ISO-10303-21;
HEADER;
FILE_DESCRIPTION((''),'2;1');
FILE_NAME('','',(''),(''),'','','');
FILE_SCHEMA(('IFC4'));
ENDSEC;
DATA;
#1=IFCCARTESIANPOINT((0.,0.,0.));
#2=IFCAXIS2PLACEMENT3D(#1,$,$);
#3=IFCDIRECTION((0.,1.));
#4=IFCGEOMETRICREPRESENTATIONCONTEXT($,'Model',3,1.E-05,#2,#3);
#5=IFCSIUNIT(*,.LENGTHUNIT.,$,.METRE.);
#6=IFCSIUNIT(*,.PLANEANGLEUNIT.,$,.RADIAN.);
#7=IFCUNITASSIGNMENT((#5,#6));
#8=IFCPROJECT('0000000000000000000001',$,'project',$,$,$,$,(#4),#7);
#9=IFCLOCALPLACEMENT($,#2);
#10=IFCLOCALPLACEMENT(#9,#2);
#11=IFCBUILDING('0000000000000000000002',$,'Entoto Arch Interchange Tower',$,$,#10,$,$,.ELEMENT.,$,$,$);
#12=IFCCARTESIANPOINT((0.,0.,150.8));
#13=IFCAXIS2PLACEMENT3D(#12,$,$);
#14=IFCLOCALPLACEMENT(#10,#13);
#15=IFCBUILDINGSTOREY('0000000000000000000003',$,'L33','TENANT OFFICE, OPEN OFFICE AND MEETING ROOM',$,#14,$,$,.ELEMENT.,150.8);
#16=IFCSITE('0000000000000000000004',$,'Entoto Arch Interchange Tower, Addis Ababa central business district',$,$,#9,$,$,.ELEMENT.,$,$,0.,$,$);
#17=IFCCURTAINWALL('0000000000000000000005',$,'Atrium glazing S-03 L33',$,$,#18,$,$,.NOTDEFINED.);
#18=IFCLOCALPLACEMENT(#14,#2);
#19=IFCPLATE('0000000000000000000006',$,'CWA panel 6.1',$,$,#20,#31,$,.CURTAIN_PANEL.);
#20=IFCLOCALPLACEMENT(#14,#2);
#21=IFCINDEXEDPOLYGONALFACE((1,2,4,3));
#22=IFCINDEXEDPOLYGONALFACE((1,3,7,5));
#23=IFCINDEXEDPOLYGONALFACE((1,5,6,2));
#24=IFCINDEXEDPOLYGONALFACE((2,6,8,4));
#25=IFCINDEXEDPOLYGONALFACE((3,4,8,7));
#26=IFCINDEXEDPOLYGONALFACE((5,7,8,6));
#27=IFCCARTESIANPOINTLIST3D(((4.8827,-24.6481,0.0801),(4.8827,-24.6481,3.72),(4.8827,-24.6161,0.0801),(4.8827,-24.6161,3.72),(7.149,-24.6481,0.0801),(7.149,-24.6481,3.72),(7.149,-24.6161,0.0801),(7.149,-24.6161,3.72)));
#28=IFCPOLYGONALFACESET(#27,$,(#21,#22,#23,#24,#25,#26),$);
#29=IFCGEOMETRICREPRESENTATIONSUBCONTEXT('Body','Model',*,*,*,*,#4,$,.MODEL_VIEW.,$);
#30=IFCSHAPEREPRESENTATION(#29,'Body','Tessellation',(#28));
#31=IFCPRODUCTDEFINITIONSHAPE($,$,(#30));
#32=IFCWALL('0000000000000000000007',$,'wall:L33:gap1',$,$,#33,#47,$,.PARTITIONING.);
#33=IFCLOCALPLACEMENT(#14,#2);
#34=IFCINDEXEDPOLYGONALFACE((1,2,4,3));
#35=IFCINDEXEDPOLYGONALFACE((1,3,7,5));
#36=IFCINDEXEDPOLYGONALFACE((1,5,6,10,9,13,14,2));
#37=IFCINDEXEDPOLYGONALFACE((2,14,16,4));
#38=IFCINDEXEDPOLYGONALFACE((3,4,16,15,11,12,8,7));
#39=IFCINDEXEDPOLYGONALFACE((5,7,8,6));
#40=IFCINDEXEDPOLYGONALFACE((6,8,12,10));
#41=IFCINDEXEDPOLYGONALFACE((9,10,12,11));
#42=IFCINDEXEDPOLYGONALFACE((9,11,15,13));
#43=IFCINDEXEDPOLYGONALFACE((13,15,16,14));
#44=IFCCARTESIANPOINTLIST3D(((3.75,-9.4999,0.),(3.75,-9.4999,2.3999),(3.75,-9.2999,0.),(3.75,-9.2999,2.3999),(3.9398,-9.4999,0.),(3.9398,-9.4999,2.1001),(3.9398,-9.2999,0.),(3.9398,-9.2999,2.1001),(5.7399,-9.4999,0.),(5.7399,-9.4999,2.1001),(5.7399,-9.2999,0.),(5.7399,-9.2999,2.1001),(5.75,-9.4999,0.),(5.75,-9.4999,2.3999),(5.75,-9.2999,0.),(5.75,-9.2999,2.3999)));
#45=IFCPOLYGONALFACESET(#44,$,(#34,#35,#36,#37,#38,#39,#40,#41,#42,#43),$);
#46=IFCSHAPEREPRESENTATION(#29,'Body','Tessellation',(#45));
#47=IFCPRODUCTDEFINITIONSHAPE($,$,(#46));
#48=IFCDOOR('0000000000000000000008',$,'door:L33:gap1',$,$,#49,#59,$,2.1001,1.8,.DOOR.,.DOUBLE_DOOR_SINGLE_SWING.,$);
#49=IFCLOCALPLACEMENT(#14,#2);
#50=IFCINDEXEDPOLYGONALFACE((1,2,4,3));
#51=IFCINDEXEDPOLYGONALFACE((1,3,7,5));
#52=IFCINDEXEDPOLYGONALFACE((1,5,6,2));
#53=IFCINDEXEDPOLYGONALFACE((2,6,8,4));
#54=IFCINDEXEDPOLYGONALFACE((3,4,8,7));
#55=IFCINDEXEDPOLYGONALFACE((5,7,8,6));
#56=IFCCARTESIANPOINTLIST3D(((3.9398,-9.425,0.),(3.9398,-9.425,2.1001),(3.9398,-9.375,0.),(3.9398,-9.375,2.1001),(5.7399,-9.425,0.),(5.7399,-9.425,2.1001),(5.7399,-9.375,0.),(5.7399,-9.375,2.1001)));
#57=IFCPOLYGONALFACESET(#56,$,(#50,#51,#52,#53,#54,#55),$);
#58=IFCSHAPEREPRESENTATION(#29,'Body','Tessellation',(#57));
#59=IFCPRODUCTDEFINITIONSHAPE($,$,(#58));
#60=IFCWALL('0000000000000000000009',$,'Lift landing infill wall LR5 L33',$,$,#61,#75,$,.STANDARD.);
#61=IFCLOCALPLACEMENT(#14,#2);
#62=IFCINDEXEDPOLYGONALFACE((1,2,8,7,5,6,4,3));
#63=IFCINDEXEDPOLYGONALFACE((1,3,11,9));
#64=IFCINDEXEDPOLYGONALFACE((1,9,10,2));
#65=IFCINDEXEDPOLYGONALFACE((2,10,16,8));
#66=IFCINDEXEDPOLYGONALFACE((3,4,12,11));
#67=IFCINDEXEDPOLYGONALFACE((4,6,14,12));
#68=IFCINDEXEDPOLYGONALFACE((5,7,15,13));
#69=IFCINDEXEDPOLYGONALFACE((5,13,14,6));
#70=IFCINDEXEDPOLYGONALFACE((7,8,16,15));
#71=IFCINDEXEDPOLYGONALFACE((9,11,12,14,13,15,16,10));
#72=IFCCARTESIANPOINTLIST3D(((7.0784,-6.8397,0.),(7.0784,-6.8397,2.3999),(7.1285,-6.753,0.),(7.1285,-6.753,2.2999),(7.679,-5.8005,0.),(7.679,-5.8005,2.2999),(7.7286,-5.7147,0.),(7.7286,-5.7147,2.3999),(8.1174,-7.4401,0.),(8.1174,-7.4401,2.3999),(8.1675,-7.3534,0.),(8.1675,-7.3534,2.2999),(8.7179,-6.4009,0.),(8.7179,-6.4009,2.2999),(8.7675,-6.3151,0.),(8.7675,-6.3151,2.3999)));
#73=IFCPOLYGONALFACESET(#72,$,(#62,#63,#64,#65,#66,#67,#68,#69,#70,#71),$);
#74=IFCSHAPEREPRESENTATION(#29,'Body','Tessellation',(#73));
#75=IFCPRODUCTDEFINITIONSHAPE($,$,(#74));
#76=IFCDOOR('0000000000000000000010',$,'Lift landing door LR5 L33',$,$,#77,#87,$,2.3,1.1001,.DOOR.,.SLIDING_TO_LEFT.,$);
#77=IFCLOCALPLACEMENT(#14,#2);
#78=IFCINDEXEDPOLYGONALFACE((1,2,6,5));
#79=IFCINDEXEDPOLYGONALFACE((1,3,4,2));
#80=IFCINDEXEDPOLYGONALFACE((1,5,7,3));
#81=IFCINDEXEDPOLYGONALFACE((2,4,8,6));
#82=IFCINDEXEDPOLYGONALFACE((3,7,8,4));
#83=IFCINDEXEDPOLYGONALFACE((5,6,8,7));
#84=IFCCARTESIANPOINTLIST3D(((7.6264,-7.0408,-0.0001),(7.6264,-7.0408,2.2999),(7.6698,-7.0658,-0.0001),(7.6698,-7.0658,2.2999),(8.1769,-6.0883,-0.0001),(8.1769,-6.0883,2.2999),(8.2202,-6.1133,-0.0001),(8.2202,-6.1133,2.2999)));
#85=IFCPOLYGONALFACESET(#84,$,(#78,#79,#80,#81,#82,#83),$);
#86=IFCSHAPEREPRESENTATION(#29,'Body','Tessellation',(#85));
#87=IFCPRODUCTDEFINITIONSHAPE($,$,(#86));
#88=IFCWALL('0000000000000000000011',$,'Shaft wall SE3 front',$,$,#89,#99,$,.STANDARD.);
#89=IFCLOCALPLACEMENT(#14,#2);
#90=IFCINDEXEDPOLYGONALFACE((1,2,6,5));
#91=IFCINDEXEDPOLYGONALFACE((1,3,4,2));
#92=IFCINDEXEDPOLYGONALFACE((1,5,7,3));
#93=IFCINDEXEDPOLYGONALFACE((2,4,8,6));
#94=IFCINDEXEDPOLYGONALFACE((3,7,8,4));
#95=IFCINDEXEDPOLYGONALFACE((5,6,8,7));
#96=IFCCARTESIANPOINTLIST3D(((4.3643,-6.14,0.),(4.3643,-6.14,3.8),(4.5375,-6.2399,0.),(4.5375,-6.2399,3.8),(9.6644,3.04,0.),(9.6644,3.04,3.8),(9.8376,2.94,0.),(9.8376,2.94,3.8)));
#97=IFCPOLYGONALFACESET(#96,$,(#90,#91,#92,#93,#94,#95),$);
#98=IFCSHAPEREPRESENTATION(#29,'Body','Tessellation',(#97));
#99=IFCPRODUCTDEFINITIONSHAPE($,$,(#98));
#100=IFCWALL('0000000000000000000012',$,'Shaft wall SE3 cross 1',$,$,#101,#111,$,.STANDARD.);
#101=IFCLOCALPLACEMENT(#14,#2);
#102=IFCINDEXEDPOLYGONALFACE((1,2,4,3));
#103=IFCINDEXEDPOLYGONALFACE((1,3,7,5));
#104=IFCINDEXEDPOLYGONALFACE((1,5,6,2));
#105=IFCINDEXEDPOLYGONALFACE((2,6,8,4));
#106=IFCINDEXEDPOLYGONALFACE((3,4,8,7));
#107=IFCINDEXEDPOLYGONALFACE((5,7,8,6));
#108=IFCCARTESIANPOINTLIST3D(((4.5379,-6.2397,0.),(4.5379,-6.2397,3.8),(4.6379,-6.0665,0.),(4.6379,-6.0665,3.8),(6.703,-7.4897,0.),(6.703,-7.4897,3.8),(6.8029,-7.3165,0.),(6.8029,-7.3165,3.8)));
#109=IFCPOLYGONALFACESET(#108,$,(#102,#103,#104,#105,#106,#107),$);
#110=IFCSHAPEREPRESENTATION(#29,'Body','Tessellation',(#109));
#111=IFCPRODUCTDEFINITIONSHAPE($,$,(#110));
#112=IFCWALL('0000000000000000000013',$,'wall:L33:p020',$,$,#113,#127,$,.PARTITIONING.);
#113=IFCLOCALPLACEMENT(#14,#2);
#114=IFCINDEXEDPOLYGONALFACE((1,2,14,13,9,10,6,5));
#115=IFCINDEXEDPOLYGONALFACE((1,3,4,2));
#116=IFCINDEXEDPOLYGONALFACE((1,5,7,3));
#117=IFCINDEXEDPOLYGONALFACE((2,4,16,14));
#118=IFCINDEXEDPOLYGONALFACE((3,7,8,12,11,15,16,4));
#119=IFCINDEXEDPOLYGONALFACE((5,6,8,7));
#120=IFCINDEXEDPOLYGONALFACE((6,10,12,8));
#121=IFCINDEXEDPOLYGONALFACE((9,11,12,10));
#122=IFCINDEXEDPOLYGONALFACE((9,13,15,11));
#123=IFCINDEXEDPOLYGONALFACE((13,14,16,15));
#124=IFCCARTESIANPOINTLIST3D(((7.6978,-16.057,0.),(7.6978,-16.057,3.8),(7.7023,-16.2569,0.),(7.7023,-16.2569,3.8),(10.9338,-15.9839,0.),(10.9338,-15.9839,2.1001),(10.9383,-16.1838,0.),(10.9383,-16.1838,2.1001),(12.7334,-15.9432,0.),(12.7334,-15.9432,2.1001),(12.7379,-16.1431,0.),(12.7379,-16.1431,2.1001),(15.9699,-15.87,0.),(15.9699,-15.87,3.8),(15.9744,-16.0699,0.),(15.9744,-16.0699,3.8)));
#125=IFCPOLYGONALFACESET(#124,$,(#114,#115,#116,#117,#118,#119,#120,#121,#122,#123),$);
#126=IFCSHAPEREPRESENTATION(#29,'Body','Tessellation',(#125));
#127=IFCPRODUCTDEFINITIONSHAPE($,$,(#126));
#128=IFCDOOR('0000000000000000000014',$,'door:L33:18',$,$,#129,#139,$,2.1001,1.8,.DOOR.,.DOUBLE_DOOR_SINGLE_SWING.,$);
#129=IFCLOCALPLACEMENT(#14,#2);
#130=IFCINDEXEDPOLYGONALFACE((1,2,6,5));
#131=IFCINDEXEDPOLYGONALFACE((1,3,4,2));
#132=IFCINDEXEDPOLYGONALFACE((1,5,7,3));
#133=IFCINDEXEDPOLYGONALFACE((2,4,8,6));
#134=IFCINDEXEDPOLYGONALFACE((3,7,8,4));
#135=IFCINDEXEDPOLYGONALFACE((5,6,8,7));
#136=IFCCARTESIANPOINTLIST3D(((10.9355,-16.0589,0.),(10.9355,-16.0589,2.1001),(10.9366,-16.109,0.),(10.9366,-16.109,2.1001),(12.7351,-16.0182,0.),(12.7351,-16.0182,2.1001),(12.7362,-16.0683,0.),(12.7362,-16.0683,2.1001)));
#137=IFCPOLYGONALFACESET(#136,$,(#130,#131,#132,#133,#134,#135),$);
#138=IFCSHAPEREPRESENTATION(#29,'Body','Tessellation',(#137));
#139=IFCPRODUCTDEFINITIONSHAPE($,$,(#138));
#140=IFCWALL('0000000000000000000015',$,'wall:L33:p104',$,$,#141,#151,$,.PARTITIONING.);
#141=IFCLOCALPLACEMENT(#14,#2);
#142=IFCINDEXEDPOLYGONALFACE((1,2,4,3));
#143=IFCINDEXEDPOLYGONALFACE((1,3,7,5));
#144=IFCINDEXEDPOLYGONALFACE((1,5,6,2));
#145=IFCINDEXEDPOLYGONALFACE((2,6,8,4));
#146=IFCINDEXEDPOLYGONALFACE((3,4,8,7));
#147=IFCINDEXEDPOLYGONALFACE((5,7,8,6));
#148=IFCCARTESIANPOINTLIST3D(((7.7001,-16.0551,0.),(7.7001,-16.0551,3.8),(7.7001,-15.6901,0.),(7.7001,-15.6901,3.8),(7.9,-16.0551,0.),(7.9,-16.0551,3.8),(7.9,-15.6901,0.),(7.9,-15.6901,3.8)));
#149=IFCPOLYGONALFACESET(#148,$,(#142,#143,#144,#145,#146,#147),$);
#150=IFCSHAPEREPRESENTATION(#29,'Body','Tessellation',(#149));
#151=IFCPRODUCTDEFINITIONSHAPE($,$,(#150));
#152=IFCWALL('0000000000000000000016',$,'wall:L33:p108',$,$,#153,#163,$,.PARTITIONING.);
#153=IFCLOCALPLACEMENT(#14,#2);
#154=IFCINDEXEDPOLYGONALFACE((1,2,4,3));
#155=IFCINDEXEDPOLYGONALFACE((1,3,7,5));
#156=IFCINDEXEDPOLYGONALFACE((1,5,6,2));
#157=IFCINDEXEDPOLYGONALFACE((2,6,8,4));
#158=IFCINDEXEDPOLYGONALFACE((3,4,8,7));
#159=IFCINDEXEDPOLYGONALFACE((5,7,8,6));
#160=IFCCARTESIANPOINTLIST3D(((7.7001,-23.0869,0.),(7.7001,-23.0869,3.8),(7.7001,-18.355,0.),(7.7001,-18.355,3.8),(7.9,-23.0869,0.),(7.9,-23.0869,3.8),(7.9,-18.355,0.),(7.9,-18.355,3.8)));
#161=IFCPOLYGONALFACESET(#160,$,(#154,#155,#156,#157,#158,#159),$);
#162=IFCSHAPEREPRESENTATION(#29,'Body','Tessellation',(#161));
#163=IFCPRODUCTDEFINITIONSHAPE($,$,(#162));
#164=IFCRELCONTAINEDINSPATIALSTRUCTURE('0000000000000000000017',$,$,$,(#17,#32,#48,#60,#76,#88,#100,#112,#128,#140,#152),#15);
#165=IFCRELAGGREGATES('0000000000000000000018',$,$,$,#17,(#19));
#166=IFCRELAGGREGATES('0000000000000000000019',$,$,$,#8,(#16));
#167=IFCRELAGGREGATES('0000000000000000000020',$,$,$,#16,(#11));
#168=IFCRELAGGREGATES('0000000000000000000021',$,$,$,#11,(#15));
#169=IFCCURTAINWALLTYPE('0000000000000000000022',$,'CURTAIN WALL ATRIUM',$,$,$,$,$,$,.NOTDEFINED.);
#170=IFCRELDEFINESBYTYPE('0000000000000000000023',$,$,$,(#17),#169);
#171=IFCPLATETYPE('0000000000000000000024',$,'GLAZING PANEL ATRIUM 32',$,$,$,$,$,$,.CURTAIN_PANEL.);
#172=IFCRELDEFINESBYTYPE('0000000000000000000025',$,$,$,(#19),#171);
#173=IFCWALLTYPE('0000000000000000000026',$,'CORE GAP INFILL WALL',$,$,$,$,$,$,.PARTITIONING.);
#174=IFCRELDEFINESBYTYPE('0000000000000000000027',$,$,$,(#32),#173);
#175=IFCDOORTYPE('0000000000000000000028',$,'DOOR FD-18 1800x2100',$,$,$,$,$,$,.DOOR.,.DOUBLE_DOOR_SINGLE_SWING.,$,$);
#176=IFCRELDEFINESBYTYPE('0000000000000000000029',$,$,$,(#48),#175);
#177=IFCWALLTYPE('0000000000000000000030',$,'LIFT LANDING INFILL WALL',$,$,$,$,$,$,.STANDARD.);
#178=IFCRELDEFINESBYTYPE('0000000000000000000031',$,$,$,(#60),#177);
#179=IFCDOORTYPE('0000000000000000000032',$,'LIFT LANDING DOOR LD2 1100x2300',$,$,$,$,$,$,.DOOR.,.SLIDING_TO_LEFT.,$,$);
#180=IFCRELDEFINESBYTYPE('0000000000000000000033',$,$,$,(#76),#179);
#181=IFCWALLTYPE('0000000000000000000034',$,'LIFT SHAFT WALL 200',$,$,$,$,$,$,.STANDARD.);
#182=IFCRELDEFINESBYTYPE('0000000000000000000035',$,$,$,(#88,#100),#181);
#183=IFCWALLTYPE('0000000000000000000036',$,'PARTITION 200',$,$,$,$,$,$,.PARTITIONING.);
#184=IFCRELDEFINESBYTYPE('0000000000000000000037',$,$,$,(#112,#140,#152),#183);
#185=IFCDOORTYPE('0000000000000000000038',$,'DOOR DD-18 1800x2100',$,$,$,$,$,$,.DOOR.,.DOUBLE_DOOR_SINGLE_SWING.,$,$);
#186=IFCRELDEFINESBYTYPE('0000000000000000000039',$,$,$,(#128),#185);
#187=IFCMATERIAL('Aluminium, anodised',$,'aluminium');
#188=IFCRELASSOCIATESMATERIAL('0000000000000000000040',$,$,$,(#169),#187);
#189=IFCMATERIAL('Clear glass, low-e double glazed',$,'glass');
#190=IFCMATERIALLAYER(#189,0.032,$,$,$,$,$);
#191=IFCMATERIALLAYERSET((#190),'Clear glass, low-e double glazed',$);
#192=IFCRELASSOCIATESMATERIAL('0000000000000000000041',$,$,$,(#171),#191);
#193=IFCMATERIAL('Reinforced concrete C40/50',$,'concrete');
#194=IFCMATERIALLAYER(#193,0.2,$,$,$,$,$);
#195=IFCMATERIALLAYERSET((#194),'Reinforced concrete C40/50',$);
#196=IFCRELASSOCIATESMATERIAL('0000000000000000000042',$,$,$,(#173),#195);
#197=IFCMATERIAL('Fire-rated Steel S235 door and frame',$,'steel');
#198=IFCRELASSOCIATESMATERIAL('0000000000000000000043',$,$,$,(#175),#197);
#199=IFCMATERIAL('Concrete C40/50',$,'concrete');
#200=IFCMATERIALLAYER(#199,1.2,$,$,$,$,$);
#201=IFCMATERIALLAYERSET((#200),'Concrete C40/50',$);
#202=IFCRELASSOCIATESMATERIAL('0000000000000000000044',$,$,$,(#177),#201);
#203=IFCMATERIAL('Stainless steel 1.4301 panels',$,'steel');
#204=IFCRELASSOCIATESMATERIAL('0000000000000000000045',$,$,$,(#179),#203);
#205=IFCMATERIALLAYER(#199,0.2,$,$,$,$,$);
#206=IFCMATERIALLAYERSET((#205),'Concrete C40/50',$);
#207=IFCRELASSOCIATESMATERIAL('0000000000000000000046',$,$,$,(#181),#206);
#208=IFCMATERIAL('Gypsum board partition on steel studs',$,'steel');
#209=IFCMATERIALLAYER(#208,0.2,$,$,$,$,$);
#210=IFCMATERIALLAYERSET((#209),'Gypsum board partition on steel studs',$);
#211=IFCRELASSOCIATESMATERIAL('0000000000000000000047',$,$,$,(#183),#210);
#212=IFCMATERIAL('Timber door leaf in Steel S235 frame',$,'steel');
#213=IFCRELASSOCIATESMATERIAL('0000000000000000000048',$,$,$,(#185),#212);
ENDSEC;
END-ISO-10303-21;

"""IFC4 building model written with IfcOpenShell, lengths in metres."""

from ifc_helpers import new_model, si_unit, direction, frame, frame_2d, origin, origin_2d, place, context, subcontext, project, spatial, rectangle, extrude, material, layer, layer_set, type_object, element, fill, aggregate, save


model = new_model("IFC4")

# Units and contexts
model_context = context("Model", 3, precision=1e-05, world=origin(), true_north=direction((0.0, 1.0)))
body_context = subcontext(model_context, "Body", "Model", "MODEL_VIEW")
ifc_project = project(units=[si_unit("LENGTHUNIT", "METRE"), si_unit("PLANEANGLEUNIT", "RADIAN")], contexts=[model_context])

# Site, building, storey
site_placement = place(None, origin())
site = spatial("IfcSite", under=ifc_project, at=site_placement, Name="Entoto Arch Interchange Tower, Addis Ababa central business district", CompositionType="ELEMENT", RefElevation=0.0)
building_placement = place(site_placement, origin())
building = spatial("IfcBuilding", under=site, at=building_placement, Name="Entoto Arch Interchange Tower", CompositionType="ELEMENT")
storey_placement = place(building_placement, frame((0.0, 0.0, 150.8)))
storey = spatial("IfcBuildingStorey", under=building, at=storey_placement, Name="L33", Description="TENANT OFFICE, OPEN OFFICE AND MEETING ROOM", CompositionType="ELEMENT", Elevation=150.8)

# Curtain wall, plate
ifc_material_1 = material(Name="Aluminium, anodised", Category="aluminium")
curtain_wall_type = type_object("IfcCurtainWallType", Name="CURTAIN WALL ATRIUM", PredefinedType="NOTDEFINED", material=ifc_material_1)
curtain_wall_placement = place(storey_placement, origin())
curtain_wall = element("IfcCurtainWall", 1, at=curtain_wall_placement, inside=storey, type_object=curtain_wall_type, Name="Atrium glazing S-03 L33", PredefinedType="NOTDEFINED")
ifc_material_2 = material(Name="Clear glass, low-e double glazed", Category="glass")
ifc_layer_1 = layer(ifc_material_2, 0.032)
ifc_layer_set_1 = layer_set([ifc_layer_1], Name="Clear glass, low-e double glazed")
plate_type = type_object("IfcPlateType", Name="GLAZING PANEL ATRIUM 32", PredefinedType="CURTAIN_PANEL", material=ifc_layer_set_1)
plate_1_placement = place(storey_placement, frame((6.0159, -24.6321, 0.0801), z_axis=(0.0, 0.0, 1.0), x_axis=(1.0, 0.0, 0.0)))
plate_1 = element("IfcPlate", 2, at=plate_1_placement, type_object=plate_type, Name="CWA panel 6.1", PredefinedType="CURTAIN_PANEL", context=body_context, shape_type="SweptSolid", body=[
    extrude(rectangle(XDim=2.2664, YDim=0.032, at=origin_2d()), origin(), (0.0, 0.0, 1.0), 3.6399),
])
aggregate(curtain_wall, [plate_1])

# Walls, openings, doors
ifc_material_3 = material(Name="Reinforced concrete C40/50", Category="concrete")
ifc_layer_2 = layer(ifc_material_3, 0.2)
ifc_layer_set_2 = layer_set([ifc_layer_2], Name="Reinforced concrete C40/50")
wall_type_1 = type_object("IfcWallType", Name="CORE GAP INFILL WALL", PredefinedType="PARTITIONING", material=ifc_layer_set_2)
wall_1_placement = place(storey_placement, frame((3.75, -9.3999, 0.0), z_axis=(0.0, 0.0, 1.0), x_axis=(1.0, 0.0, 0.0)))
wall_1 = element("IfcWall", 3, at=wall_1_placement, inside=storey, type_object=wall_type_1, Name="wall:L33:gap1", PredefinedType="PARTITIONING", context=body_context, shape_type="SweptSolid", body=[
    extrude(rectangle(XDim=2.0, YDim=0.2, at=frame_2d((1.0, 0.0))), origin(), (0.0, 0.0, 1.0), 2.3999),
])
opening_1_placement = place(wall_1_placement, frame((0.1899, 0.0, 0.0)))
opening_1 = element("IfcOpeningElement", 4, at=opening_1_placement, cuts=wall_1, PredefinedType="OPENING", context=body_context, shape_type="SweptSolid", body=[
    extrude(rectangle(XDim=1.8, YDim=2.1001, at=frame_2d((0.8999, 1.05))), frame((0.0, 0.1099, 0.0), z_axis=(0.0, -1.0, 0.0), x_axis=(1.0, 0.0, 0.0)), (0.0, 0.0, 1.0), 0.22),
])
ifc_material_4 = material(Name="Fire-rated Steel S235 door and frame", Category="steel")
door_type_1 = type_object("IfcDoorType", Name="DOOR FD-18 1800x2100", OperationType="DOUBLE_DOOR_SINGLE_SWING", PredefinedType="DOOR", material=ifc_material_4)
door_1_placement = place(opening_1_placement, origin())
door_1 = element("IfcDoor", 5, at=door_1_placement, inside=storey, type_object=door_type_1, Name="door:L33:gap1", OperationType="DOUBLE_DOOR_SINGLE_SWING", OverallHeight=2.1001, OverallWidth=1.8, PredefinedType="DOOR", context=body_context, shape_type="SweptSolid", body=[
    extrude(rectangle(XDim=1.8, YDim=2.1001, at=frame_2d((0.8999, 1.05))), frame((0.0, 0.0249, 0.0), z_axis=(0.0, -1.0, 0.0), x_axis=(1.0, 0.0, 0.0)), (0.0, 0.0, 1.0), 0.05),
])
fill(opening_1, door_1)
ifc_material_5 = material(Name="Concrete C40/50", Category="concrete")
ifc_layer_3 = layer(ifc_material_5, 1.2)
ifc_layer_set_3 = layer_set([ifc_layer_3], Name="Concrete C40/50")
wall_type_2 = type_object("IfcWallType", Name="LIFT LANDING INFILL WALL", PredefinedType="STANDARD", material=ifc_layer_set_3)
wall_2_placement = place(storey_placement, frame((7.5979, -7.1399, 0.0), z_axis=(0.0, 0.0, 1.0), x_axis=(0.500362, 0.865816, 0.0)))
wall_2 = element("IfcWall", 6, at=wall_2_placement, inside=storey, type_object=wall_type_2, Name="Lift landing infill wall LR5 L33", PredefinedType="STANDARD", context=body_context, shape_type="SweptSolid", body=[
    extrude(rectangle(XDim=1.2993, YDim=1.2, at=frame_2d((0.6497, 0.0))), origin(), (0.0, 0.0, 1.0), 2.3999),
])
opening_2_placement = place(wall_2_placement, frame((0.1001, 0.0, 0.0)))
opening_2 = element("IfcOpeningElement", 7, at=opening_2_placement, cuts=wall_2, PredefinedType="OPENING", context=body_context, shape_type="SweptSolid", body=[
    extrude(rectangle(XDim=1.1001, YDim=2.3, at=frame_2d((0.55, 1.1499))), frame((0.0, 0.6099, 0.0), z_axis=(0.0, -1.0, 0.0), x_axis=(1.0, 0.0, 0.0)), (0.0, 0.0, 1.0), 1.22),
])
ifc_material_6 = material(Name="Stainless steel 1.4301 panels", Category="steel")
door_type_2 = type_object("IfcDoorType", Name="LIFT LANDING DOOR LD2 1100x2300", OperationType="SLIDING_TO_LEFT", PredefinedType="DOOR", material=ifc_material_6)
door_2_placement = place(opening_2_placement, origin())
door_2 = element("IfcDoor", 8, at=door_2_placement, inside=storey, type_object=door_type_2, Name="Lift landing door LR5 L33", OperationType="SLIDING_TO_LEFT", OverallHeight=2.3, OverallWidth=1.1001, PredefinedType="DOOR", context=body_context, shape_type="SweptSolid", body=[
    extrude(rectangle(XDim=1.1001, YDim=2.3, at=frame_2d((0.55, 1.1499))), frame((0.0, 0.0249, 0.0), z_axis=(0.0, -1.0, 0.0), x_axis=(1.0, 0.0, 0.0)), (0.0, 0.0, 1.0), 0.05),
])
fill(opening_2, door_2)

# Walls
ifc_layer_4 = layer(ifc_material_5, 0.2)
ifc_layer_set_4 = layer_set([ifc_layer_4], Name="Concrete C40/50")
wall_type_3 = type_object("IfcWallType", Name="LIFT SHAFT WALL 200", PredefinedType="STANDARD", material=ifc_layer_set_4)
wall_3_placement = place(storey_placement, frame((4.4509, -6.1899, 0.0), z_axis=(0.0, 0.0, 1.0), x_axis=(0.500001, 0.866025, 0.0)))
element("IfcWall", 9, at=wall_3_placement, inside=storey, type_object=wall_type_3, Name="Shaft wall SE3 front", PredefinedType="STANDARD", context=body_context, shape_type="SweptSolid", body=[
    extrude(rectangle(XDim=10.6001, YDim=0.2, at=frame_2d((5.3, 0.0))), origin(), (0.0, 0.0, 1.0), 3.8),
])
wall_4_placement = place(storey_placement, frame((4.5879, -6.1531, 0.0), z_axis=(0.0, 0.0, 1.0), x_axis=(0.866023, -0.500004, 0.0)))
element("IfcWall", 10, at=wall_4_placement, inside=storey, type_object=wall_type_3, Name="Shaft wall SE3 cross 1", PredefinedType="STANDARD", context=body_context, shape_type="SweptSolid", body=[
    extrude(rectangle(XDim=2.5, YDim=0.2, at=frame_2d((1.25, 0.0))), origin(), (0.0, 0.0, 1.0), 3.8),
])

# Wall, opening, door
ifc_material_7 = material(Name="Gypsum board partition on steel studs", Category="steel")
ifc_layer_5 = layer(ifc_material_7, 0.2)
ifc_layer_set_5 = layer_set([ifc_layer_5], Name="Gypsum board partition on steel studs")
wall_type_4 = type_object("IfcWallType", Name="PARTITION 200", PredefinedType="PARTITIONING", material=ifc_layer_set_5)
wall_5_placement = place(storey_placement, frame((7.7, -16.157, 0.0), z_axis=(0.0, 0.0, 1.0), x_axis=(0.999745, 0.022602, 0.0)))
wall_5 = element("IfcWall", 11, at=wall_5_placement, inside=storey, type_object=wall_type_4, Name="wall:L33:p020", PredefinedType="PARTITIONING", context=body_context, shape_type="SweptSolid", body=[
    extrude(rectangle(XDim=8.2742, YDim=0.2, at=frame_2d((4.1372, 0.0))), origin(), (0.0, 0.0, 1.0), 3.8),
])
opening_3_placement = place(wall_5_placement, frame((3.2371, 0.0, 0.0)))
opening_3 = element("IfcOpeningElement", 12, at=opening_3_placement, cuts=wall_5, PredefinedType="OPENING", context=body_context, shape_type="SweptSolid", body=[
    extrude(rectangle(XDim=1.8, YDim=2.1001, at=frame_2d((0.8999, 1.05))), frame((0.0, 0.1099, 0.0), z_axis=(0.0, -1.0, 0.0), x_axis=(1.0, 0.0, 0.0)), (0.0, 0.0, 1.0), 0.22),
])
ifc_material_8 = material(Name="Timber door leaf in Steel S235 frame", Category="steel")
door_type_3 = type_object("IfcDoorType", Name="DOOR DD-18 1800x2100", OperationType="DOUBLE_DOOR_SINGLE_SWING", PredefinedType="DOOR", material=ifc_material_8)
door_3_placement = place(opening_3_placement, origin())
door_3 = element("IfcDoor", 13, at=door_3_placement, inside=storey, type_object=door_type_3, Name="door:L33:18", OperationType="DOUBLE_DOOR_SINGLE_SWING", OverallHeight=2.1001, OverallWidth=1.8, PredefinedType="DOOR", context=body_context, shape_type="SweptSolid", body=[
    extrude(rectangle(XDim=1.8, YDim=2.1001, at=frame_2d((0.8999, 1.05))), frame((0.0, 0.0249, 0.0), z_axis=(0.0, -1.0, 0.0), x_axis=(1.0, 0.0, 0.0)), (0.0, 0.0, 1.0), 0.05),
])
fill(opening_3, door_3)

# Walls
wall_6_placement = place(storey_placement, frame((7.8, -15.6899, 0.0), z_axis=(0.0, 0.0, 1.0), x_axis=(0.0, -1.0, 0.0)))
element("IfcWall", 14, at=wall_6_placement, inside=storey, type_object=wall_type_4, Name="wall:L33:p104", PredefinedType="PARTITIONING", context=body_context, shape_type="SweptSolid", body=[
    extrude(rectangle(XDim=0.365, YDim=0.2, at=frame_2d((0.1826, 0.0))), origin(), (0.0, 0.0, 1.0), 3.8),
])
wall_7_placement = place(storey_placement, frame((7.8, -18.355, 0.0), z_axis=(0.0, 0.0, 1.0), x_axis=(0.0, -1.0, 0.0)))
element("IfcWall", 15, at=wall_7_placement, inside=storey, type_object=wall_type_4, Name="wall:L33:p108", PredefinedType="PARTITIONING", context=body_context, shape_type="SweptSolid", body=[
    extrude(rectangle(XDim=4.7319, YDim=0.2, at=frame_2d((2.366, 0.0))), origin(), (0.0, 0.0, 1.0), 3.8),
])

save(model, "model.ifc")
